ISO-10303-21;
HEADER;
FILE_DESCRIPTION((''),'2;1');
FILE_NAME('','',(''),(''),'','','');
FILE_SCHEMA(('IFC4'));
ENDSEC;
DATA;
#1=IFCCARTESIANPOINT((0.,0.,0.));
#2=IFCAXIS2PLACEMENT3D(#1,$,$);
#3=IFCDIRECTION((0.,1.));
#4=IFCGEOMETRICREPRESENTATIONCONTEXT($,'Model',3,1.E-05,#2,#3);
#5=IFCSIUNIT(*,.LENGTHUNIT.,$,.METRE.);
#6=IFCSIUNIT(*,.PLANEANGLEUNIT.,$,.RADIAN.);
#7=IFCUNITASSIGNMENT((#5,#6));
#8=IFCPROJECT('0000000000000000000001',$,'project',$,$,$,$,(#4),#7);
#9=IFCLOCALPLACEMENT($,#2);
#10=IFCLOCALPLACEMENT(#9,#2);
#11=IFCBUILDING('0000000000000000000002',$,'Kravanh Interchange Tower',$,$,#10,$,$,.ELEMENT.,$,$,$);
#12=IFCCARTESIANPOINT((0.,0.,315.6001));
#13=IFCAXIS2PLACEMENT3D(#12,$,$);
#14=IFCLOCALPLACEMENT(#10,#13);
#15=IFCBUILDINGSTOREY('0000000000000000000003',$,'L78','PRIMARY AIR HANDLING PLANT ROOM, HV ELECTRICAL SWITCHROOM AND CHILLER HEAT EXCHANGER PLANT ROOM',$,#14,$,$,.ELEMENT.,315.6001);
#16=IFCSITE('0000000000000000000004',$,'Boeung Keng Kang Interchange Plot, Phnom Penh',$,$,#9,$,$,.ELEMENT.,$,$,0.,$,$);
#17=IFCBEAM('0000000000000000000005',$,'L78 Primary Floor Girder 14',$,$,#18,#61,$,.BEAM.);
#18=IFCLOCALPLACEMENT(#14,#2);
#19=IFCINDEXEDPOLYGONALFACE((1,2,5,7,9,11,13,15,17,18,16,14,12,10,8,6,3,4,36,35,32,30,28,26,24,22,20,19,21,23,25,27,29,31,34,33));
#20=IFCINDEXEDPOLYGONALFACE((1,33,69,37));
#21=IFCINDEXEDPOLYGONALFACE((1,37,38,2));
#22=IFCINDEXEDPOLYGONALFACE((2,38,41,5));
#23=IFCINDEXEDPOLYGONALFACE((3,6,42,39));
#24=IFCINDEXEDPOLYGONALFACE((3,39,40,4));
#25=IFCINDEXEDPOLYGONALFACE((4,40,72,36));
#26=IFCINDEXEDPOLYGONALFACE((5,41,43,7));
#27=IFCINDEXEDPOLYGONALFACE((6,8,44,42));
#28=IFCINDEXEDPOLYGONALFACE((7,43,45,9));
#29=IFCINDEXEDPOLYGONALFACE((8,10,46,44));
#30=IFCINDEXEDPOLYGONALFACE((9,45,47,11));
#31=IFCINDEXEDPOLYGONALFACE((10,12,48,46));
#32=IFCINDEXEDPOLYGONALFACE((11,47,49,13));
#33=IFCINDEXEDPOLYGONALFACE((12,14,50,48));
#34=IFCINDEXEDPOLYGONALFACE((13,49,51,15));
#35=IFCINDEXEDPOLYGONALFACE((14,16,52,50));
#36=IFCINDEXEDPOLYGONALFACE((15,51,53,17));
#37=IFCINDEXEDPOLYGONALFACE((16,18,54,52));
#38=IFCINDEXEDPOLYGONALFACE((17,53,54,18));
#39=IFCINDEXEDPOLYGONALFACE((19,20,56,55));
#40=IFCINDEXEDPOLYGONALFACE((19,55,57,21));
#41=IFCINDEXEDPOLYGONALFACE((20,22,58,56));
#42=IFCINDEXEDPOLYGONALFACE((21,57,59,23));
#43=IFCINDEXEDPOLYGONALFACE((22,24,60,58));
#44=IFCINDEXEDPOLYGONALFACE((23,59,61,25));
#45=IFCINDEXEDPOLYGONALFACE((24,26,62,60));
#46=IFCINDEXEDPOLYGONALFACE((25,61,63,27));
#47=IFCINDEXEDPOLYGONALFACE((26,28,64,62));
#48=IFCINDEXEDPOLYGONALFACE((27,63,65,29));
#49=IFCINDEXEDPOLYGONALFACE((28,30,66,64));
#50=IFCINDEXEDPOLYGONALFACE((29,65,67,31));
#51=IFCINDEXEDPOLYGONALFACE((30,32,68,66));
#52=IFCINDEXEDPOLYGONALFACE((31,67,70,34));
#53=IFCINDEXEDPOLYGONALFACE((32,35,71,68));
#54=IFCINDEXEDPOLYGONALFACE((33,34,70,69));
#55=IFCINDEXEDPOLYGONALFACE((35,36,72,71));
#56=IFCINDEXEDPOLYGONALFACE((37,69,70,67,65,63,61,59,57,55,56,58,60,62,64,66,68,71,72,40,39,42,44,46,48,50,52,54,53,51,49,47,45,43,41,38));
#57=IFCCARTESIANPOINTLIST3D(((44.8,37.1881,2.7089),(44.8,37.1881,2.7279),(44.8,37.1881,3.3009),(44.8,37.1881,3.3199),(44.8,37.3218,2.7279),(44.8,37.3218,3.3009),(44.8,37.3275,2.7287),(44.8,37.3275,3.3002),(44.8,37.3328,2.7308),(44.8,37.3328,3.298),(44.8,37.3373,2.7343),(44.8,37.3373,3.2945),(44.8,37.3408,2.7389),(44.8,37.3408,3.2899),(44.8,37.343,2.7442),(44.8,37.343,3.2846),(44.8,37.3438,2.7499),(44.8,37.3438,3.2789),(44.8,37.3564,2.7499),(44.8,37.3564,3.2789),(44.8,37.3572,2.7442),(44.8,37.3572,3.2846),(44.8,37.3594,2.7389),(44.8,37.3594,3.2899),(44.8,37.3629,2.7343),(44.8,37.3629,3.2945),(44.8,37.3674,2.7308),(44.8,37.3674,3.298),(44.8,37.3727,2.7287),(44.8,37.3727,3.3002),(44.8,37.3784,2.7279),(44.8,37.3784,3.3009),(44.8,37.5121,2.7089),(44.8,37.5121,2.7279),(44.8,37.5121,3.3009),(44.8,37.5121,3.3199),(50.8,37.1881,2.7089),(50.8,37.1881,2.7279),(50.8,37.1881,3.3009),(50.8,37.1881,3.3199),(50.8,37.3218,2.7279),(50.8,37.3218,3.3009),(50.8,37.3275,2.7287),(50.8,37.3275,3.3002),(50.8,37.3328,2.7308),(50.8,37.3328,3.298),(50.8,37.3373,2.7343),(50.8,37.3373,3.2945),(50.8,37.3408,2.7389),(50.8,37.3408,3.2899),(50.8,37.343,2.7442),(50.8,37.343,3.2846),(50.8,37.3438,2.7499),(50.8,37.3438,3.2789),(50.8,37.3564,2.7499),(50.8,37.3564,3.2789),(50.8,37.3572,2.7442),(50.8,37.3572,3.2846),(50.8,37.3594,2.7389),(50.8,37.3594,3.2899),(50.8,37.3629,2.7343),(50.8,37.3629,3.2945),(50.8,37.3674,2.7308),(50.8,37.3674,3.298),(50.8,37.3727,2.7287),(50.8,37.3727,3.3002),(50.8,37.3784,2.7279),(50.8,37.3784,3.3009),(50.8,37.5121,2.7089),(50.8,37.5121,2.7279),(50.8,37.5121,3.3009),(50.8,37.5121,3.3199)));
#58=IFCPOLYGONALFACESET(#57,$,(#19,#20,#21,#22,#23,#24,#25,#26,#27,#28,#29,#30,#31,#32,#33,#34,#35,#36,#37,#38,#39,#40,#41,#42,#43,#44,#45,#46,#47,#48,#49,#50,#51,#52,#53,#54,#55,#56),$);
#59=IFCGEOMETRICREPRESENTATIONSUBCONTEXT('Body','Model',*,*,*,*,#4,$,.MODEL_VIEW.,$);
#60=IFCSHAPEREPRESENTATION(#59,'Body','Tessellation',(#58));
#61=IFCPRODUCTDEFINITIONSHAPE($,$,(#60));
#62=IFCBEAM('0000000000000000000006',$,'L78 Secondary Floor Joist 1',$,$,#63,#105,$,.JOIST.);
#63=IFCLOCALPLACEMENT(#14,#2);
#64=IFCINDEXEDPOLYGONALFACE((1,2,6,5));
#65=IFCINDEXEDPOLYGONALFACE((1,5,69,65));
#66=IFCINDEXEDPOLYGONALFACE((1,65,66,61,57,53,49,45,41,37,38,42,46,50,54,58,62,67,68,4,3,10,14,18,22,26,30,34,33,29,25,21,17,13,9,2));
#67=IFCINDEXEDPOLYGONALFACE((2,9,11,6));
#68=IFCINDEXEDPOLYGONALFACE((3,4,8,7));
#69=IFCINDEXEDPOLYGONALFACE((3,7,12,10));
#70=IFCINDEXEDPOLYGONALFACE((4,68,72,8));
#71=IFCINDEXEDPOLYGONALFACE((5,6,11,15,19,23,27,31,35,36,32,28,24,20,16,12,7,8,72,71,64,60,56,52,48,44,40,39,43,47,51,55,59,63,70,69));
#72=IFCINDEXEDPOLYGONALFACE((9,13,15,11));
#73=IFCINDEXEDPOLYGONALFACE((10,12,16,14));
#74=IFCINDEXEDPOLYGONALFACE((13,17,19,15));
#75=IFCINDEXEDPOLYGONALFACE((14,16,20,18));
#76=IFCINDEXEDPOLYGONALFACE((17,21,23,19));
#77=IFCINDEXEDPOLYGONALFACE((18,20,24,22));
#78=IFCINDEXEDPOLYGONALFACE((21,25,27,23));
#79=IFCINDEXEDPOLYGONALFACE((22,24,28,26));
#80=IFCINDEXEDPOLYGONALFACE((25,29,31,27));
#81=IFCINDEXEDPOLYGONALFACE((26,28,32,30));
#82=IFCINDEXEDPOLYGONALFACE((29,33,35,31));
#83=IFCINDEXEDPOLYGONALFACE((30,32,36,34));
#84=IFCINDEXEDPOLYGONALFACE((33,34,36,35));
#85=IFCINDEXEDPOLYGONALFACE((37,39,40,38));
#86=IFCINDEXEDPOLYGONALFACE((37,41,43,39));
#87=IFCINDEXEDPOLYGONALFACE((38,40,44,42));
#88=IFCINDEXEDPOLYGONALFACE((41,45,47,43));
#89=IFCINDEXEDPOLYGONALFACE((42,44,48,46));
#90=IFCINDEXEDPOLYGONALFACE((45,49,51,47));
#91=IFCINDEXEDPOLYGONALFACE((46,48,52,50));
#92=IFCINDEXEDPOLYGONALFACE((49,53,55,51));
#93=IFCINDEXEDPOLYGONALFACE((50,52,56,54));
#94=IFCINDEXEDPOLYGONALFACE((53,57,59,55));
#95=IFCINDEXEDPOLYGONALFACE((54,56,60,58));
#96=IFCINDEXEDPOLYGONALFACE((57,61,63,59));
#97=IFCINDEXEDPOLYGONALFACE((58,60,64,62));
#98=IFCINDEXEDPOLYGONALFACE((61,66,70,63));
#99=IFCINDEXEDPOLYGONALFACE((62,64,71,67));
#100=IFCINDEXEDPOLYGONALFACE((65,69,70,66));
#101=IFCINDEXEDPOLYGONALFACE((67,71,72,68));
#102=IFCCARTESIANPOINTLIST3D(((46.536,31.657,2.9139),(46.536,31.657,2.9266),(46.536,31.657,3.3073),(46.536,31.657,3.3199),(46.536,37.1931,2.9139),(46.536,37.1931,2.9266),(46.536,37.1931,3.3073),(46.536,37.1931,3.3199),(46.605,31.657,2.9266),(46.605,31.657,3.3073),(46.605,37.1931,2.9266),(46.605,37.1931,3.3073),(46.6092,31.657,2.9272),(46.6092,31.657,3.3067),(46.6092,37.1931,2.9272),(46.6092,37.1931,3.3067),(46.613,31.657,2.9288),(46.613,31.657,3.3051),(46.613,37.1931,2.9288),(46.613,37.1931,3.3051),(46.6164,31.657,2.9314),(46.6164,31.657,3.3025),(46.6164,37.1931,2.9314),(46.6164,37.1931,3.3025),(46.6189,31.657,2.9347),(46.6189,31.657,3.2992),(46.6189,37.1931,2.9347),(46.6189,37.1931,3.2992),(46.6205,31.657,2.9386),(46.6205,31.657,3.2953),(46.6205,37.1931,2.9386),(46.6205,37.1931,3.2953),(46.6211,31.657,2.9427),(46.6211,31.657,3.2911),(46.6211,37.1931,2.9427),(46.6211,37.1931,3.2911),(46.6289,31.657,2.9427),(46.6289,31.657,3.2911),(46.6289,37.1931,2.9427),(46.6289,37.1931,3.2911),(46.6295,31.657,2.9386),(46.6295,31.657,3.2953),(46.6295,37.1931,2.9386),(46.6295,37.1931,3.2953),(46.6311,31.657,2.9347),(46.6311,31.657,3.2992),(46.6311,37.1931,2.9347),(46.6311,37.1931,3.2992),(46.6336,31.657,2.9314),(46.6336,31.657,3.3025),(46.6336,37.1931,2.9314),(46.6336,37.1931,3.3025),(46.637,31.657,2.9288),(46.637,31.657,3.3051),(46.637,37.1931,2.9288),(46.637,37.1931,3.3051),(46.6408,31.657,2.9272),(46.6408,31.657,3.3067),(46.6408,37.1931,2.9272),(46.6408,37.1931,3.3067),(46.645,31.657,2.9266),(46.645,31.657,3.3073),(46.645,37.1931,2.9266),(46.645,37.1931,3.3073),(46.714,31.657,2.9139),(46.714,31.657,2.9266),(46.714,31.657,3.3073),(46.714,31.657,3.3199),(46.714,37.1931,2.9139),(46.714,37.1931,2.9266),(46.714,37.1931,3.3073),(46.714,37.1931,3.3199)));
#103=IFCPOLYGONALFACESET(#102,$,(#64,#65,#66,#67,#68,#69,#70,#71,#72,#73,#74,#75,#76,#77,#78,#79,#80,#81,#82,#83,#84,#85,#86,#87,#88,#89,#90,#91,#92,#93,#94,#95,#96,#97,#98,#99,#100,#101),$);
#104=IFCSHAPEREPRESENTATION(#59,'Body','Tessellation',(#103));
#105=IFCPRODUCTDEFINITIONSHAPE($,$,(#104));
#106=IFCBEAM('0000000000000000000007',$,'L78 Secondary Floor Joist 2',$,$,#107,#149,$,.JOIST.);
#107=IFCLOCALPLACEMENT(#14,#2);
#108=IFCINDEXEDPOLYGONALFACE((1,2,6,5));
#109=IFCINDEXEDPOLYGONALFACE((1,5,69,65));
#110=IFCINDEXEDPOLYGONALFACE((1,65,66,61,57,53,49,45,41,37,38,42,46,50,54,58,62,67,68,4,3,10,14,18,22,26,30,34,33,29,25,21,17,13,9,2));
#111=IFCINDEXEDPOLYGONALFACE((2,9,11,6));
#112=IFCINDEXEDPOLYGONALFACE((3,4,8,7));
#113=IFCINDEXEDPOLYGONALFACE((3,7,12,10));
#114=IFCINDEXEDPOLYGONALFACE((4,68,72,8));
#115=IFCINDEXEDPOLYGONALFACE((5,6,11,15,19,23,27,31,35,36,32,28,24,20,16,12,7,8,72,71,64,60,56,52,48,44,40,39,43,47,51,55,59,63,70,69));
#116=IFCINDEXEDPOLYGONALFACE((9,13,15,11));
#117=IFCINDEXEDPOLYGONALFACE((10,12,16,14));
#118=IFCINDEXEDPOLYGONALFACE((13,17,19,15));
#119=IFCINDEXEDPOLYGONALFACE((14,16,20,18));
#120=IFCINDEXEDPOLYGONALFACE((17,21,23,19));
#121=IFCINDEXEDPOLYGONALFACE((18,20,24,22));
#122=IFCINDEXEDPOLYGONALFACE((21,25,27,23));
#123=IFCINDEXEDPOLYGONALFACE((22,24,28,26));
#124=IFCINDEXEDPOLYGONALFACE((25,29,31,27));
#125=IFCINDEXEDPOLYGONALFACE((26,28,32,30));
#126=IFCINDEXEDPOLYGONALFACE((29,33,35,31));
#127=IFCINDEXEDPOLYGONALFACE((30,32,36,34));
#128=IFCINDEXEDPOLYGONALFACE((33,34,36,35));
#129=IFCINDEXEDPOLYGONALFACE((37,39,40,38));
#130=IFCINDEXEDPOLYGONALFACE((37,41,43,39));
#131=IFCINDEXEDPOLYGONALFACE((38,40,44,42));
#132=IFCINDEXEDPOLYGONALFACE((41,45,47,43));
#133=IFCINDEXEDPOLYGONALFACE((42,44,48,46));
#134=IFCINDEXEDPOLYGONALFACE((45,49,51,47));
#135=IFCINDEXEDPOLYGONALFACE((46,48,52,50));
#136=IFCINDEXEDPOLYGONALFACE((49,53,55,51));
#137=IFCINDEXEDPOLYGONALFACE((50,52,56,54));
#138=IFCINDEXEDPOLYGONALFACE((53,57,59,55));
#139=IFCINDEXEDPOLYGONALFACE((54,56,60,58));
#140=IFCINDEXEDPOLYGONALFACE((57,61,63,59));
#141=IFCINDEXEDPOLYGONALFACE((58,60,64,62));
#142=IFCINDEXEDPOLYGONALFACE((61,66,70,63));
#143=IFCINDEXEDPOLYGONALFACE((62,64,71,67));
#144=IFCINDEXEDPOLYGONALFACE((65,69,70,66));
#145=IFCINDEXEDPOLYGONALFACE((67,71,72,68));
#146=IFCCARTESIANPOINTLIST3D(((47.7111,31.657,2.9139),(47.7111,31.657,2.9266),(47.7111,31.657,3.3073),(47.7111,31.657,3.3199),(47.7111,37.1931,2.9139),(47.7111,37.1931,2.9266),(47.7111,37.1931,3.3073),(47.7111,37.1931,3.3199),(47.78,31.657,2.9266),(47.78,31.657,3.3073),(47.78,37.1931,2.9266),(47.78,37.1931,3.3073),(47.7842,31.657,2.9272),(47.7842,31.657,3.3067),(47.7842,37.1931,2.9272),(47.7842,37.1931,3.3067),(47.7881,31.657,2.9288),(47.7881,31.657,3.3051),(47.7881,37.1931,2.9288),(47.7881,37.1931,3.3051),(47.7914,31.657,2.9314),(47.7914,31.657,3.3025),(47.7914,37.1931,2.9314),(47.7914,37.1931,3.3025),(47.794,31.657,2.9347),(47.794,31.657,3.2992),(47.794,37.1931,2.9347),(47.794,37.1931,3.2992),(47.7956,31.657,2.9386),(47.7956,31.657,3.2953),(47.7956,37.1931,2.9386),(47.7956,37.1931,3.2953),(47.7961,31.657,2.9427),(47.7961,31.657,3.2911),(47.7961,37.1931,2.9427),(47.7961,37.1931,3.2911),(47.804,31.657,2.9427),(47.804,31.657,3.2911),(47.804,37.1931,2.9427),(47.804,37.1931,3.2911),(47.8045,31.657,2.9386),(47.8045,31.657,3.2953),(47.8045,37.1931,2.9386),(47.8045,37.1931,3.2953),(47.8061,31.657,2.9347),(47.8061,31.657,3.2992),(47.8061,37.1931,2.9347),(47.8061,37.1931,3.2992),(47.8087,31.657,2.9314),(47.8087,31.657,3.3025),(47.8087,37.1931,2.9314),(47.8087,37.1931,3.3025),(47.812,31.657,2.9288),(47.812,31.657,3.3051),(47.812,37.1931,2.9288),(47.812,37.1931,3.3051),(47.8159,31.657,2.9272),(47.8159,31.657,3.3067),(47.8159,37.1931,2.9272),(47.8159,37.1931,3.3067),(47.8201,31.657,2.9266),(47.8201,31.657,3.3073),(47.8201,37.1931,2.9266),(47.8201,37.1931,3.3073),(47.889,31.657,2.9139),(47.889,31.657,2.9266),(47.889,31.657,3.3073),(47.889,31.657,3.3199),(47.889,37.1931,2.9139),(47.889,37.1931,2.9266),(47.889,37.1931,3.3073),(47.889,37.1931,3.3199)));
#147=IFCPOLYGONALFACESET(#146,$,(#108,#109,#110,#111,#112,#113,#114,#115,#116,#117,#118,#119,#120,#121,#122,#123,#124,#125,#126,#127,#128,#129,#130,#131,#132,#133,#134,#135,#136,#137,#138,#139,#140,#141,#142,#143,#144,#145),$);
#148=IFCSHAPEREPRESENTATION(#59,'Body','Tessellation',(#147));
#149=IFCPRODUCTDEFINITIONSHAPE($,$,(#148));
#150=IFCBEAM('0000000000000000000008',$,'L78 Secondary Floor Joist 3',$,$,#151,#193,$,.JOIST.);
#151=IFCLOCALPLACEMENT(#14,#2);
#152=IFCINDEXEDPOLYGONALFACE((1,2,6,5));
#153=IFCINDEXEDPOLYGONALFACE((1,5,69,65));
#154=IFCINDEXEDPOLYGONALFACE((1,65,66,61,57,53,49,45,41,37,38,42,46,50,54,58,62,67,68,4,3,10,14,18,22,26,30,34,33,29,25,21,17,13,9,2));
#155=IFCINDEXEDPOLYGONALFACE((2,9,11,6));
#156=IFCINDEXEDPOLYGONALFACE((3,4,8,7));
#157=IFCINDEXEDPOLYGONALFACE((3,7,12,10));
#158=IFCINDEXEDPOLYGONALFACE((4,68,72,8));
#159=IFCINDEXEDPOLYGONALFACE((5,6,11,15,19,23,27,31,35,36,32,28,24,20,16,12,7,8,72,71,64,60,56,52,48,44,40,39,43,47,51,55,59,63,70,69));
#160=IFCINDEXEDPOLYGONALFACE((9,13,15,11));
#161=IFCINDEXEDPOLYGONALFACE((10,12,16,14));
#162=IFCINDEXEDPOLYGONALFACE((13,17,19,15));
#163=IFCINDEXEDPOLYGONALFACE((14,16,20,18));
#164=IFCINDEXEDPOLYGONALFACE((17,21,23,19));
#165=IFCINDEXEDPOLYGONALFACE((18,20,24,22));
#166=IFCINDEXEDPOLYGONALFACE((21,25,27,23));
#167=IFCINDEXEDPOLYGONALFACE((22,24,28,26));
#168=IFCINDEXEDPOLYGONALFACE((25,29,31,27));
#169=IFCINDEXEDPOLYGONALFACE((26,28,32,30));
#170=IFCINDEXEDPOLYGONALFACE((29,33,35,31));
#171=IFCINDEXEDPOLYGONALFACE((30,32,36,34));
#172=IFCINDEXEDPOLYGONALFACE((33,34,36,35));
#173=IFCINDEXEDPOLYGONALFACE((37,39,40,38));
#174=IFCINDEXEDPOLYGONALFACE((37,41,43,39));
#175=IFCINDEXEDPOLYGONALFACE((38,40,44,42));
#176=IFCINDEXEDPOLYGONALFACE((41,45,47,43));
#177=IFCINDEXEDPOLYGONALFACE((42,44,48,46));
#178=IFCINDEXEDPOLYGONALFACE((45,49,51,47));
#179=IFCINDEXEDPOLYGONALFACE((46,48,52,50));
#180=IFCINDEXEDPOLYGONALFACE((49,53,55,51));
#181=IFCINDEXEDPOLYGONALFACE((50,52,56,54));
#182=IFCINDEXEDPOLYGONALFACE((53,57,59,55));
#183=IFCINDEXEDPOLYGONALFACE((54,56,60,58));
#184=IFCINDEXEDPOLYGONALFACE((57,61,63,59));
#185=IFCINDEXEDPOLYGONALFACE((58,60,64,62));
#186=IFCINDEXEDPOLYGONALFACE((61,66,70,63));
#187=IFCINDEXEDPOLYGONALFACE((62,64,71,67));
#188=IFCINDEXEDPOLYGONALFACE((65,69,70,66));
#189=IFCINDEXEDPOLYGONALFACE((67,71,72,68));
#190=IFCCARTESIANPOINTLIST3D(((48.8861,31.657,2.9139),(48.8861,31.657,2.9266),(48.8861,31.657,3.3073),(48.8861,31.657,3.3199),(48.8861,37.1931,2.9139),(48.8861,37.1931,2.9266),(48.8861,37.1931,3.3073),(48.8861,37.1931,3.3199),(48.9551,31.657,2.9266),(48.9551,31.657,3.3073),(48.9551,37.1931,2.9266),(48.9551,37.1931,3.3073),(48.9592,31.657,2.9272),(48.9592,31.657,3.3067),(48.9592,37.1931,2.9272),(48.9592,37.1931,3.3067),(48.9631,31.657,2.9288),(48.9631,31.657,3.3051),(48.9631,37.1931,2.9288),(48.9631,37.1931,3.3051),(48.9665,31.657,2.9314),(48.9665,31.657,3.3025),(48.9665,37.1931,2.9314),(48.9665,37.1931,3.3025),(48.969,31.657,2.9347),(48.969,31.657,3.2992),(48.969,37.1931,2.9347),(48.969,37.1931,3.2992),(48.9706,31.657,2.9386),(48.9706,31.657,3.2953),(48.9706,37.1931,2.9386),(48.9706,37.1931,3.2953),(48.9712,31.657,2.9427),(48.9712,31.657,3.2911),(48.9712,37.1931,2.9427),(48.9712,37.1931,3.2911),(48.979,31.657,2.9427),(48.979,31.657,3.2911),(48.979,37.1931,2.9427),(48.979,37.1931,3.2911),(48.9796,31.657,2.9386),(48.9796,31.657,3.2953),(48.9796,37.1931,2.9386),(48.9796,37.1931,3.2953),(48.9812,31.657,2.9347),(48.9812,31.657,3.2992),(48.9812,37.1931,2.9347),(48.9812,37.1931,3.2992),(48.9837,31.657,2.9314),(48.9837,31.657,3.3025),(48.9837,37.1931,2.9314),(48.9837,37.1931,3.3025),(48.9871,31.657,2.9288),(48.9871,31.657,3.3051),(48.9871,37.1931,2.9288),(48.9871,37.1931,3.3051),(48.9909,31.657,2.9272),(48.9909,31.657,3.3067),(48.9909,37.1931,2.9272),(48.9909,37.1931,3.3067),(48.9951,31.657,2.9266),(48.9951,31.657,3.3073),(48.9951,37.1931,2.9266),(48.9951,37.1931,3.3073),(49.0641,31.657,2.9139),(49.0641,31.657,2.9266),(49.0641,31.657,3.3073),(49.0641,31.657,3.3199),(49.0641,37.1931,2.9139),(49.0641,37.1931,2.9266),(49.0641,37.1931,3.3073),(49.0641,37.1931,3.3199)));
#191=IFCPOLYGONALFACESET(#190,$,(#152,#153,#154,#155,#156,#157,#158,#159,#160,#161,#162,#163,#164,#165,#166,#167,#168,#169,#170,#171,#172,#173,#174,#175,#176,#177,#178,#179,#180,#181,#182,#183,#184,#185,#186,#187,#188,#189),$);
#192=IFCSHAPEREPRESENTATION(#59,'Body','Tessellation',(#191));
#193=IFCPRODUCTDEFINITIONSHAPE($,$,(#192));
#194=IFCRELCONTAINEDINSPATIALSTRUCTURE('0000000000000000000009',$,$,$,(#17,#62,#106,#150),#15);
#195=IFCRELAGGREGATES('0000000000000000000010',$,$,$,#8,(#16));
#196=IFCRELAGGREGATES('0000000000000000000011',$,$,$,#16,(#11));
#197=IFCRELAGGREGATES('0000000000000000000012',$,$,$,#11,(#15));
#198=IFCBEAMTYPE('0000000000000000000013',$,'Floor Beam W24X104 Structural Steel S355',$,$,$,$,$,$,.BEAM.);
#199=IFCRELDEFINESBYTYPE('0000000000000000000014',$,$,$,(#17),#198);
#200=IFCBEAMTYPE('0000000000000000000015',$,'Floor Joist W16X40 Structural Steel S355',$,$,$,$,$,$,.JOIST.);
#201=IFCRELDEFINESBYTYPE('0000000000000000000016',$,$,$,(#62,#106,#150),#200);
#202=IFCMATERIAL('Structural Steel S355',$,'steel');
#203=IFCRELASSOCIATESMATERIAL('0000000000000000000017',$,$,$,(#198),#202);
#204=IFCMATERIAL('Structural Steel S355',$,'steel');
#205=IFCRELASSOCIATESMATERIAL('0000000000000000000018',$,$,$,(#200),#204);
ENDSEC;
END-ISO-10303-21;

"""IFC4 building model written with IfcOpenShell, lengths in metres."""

from ifc_helpers import new_model, si_unit, direction, frame, origin, origin_2d, place, context, subcontext, project, spatial, i_section, extrude, material, material_profile, profile_set, type_object, element, save


model = new_model("IFC4")

# Units and contexts
model_context = context("Model", 3, precision=1e-05, world=origin(), true_north=direction((0.0, 1.0)))
body_context = subcontext(model_context, "Body", "Model", "MODEL_VIEW")
ifc_project = project(units=[si_unit("LENGTHUNIT", "METRE"), si_unit("PLANEANGLEUNIT", "RADIAN")], contexts=[model_context])

# Site, building, storey
site_placement = place(None, origin())
site = spatial("IfcSite", under=ifc_project, at=site_placement, Name="Boeung Keng Kang Interchange Plot, Phnom Penh", CompositionType="ELEMENT", RefElevation=0.0)
building_placement = place(site_placement, origin())
building = spatial("IfcBuilding", under=site, at=building_placement, Name="Kravanh Interchange Tower", CompositionType="ELEMENT")
storey_placement = place(building_placement, frame((0.0, 0.0, 315.6001)))
storey = spatial("IfcBuildingStorey", under=building, at=storey_placement, Name="L78", Description="PRIMARY AIR HANDLING PLANT ROOM, HV ELECTRICAL SWITCHROOM AND CHILLER HEAT EXCHANGER PLANT ROOM", CompositionType="ELEMENT", Elevation=315.6001)

# Beams
ifc_material_1 = material(Name="Structural Steel S355", Category="steel")
ifc_material_profile_1 = material_profile(ifc_material_1, i_section(OverallWidth=0.324, OverallDepth=0.6111, WebThickness=0.0127, FlangeThickness=0.019, FilletRadius=0.022, at=origin_2d()), Name="W24X104")
ifc_profile_set_1 = profile_set([ifc_material_profile_1], Name="Structural Steel S355")
beam_type_1 = type_object("IfcBeamType", Name="Floor Beam W24X104 Structural Steel S355", PredefinedType="BEAM", material=ifc_profile_set_1)
beam_1_placement = place(storey_placement, frame((50.8, 37.3501, 3.0144), z_axis=(-1.0, 0.0, 0.0), x_axis=(0.0, -1.0, 0.0)))
element("IfcBeam", 1, at=beam_1_placement, inside=storey, type_object=beam_type_1, Name="L78 Primary Floor Girder 14", PredefinedType="BEAM", context=body_context, shape_type="SweptSolid", body=[
    extrude(i_section(OverallWidth=0.324, OverallDepth=0.6111, WebThickness=0.0127, FlangeThickness=0.019, FilletRadius=0.022, at=origin_2d()), origin(), (0.0, 0.0, 1.0), 6.0),
])
ifc_material_2 = material(Name="Structural Steel S355", Category="steel")
ifc_material_profile_2 = material_profile(ifc_material_2, i_section(OverallWidth=0.178, OverallDepth=0.406, WebThickness=0.0078, FlangeThickness=0.0127, FilletRadius=0.0161, at=origin_2d()), Name="W16X40")
ifc_profile_set_2 = profile_set([ifc_material_profile_2], Name="Structural Steel S355")
beam_type_2 = type_object("IfcBeamType", Name="Floor Joist W16X40 Structural Steel S355", PredefinedType="JOIST", material=ifc_profile_set_2)
for number, where, z_axis, x_axis, name in (
    (2, (46.625, 31.657, 3.1169), (0.0, 1.0, 0.0), (-1.0, 0.0, 0.0), "L78 Secondary Floor Joist 1"),
    (3, (47.8, 31.657, 3.1169), (0.0, 1.0, 0.0), (-1.0, 0.0, 0.0), "L78 Secondary Floor Joist 2"),
    (4, (48.9751, 31.657, 3.1169), (0.0, 1.0, 0.0), (-1.0, 0.0, 0.0), "L78 Secondary Floor Joist 3"),
):
    element("IfcBeam", number, at=place(storey_placement, frame(where, z_axis=z_axis, x_axis=x_axis)), inside=storey, type_object=beam_type_2, Name=name, PredefinedType="JOIST", context=body_context, shape_type="SweptSolid", body=[
        extrude(i_section(OverallWidth=0.178, OverallDepth=0.406, WebThickness=0.0078, FlangeThickness=0.0127, FilletRadius=0.0161, at=origin_2d()), origin(), (0.0, 0.0, 1.0), 5.5361),
    ])

save(model, "model.ifc")
